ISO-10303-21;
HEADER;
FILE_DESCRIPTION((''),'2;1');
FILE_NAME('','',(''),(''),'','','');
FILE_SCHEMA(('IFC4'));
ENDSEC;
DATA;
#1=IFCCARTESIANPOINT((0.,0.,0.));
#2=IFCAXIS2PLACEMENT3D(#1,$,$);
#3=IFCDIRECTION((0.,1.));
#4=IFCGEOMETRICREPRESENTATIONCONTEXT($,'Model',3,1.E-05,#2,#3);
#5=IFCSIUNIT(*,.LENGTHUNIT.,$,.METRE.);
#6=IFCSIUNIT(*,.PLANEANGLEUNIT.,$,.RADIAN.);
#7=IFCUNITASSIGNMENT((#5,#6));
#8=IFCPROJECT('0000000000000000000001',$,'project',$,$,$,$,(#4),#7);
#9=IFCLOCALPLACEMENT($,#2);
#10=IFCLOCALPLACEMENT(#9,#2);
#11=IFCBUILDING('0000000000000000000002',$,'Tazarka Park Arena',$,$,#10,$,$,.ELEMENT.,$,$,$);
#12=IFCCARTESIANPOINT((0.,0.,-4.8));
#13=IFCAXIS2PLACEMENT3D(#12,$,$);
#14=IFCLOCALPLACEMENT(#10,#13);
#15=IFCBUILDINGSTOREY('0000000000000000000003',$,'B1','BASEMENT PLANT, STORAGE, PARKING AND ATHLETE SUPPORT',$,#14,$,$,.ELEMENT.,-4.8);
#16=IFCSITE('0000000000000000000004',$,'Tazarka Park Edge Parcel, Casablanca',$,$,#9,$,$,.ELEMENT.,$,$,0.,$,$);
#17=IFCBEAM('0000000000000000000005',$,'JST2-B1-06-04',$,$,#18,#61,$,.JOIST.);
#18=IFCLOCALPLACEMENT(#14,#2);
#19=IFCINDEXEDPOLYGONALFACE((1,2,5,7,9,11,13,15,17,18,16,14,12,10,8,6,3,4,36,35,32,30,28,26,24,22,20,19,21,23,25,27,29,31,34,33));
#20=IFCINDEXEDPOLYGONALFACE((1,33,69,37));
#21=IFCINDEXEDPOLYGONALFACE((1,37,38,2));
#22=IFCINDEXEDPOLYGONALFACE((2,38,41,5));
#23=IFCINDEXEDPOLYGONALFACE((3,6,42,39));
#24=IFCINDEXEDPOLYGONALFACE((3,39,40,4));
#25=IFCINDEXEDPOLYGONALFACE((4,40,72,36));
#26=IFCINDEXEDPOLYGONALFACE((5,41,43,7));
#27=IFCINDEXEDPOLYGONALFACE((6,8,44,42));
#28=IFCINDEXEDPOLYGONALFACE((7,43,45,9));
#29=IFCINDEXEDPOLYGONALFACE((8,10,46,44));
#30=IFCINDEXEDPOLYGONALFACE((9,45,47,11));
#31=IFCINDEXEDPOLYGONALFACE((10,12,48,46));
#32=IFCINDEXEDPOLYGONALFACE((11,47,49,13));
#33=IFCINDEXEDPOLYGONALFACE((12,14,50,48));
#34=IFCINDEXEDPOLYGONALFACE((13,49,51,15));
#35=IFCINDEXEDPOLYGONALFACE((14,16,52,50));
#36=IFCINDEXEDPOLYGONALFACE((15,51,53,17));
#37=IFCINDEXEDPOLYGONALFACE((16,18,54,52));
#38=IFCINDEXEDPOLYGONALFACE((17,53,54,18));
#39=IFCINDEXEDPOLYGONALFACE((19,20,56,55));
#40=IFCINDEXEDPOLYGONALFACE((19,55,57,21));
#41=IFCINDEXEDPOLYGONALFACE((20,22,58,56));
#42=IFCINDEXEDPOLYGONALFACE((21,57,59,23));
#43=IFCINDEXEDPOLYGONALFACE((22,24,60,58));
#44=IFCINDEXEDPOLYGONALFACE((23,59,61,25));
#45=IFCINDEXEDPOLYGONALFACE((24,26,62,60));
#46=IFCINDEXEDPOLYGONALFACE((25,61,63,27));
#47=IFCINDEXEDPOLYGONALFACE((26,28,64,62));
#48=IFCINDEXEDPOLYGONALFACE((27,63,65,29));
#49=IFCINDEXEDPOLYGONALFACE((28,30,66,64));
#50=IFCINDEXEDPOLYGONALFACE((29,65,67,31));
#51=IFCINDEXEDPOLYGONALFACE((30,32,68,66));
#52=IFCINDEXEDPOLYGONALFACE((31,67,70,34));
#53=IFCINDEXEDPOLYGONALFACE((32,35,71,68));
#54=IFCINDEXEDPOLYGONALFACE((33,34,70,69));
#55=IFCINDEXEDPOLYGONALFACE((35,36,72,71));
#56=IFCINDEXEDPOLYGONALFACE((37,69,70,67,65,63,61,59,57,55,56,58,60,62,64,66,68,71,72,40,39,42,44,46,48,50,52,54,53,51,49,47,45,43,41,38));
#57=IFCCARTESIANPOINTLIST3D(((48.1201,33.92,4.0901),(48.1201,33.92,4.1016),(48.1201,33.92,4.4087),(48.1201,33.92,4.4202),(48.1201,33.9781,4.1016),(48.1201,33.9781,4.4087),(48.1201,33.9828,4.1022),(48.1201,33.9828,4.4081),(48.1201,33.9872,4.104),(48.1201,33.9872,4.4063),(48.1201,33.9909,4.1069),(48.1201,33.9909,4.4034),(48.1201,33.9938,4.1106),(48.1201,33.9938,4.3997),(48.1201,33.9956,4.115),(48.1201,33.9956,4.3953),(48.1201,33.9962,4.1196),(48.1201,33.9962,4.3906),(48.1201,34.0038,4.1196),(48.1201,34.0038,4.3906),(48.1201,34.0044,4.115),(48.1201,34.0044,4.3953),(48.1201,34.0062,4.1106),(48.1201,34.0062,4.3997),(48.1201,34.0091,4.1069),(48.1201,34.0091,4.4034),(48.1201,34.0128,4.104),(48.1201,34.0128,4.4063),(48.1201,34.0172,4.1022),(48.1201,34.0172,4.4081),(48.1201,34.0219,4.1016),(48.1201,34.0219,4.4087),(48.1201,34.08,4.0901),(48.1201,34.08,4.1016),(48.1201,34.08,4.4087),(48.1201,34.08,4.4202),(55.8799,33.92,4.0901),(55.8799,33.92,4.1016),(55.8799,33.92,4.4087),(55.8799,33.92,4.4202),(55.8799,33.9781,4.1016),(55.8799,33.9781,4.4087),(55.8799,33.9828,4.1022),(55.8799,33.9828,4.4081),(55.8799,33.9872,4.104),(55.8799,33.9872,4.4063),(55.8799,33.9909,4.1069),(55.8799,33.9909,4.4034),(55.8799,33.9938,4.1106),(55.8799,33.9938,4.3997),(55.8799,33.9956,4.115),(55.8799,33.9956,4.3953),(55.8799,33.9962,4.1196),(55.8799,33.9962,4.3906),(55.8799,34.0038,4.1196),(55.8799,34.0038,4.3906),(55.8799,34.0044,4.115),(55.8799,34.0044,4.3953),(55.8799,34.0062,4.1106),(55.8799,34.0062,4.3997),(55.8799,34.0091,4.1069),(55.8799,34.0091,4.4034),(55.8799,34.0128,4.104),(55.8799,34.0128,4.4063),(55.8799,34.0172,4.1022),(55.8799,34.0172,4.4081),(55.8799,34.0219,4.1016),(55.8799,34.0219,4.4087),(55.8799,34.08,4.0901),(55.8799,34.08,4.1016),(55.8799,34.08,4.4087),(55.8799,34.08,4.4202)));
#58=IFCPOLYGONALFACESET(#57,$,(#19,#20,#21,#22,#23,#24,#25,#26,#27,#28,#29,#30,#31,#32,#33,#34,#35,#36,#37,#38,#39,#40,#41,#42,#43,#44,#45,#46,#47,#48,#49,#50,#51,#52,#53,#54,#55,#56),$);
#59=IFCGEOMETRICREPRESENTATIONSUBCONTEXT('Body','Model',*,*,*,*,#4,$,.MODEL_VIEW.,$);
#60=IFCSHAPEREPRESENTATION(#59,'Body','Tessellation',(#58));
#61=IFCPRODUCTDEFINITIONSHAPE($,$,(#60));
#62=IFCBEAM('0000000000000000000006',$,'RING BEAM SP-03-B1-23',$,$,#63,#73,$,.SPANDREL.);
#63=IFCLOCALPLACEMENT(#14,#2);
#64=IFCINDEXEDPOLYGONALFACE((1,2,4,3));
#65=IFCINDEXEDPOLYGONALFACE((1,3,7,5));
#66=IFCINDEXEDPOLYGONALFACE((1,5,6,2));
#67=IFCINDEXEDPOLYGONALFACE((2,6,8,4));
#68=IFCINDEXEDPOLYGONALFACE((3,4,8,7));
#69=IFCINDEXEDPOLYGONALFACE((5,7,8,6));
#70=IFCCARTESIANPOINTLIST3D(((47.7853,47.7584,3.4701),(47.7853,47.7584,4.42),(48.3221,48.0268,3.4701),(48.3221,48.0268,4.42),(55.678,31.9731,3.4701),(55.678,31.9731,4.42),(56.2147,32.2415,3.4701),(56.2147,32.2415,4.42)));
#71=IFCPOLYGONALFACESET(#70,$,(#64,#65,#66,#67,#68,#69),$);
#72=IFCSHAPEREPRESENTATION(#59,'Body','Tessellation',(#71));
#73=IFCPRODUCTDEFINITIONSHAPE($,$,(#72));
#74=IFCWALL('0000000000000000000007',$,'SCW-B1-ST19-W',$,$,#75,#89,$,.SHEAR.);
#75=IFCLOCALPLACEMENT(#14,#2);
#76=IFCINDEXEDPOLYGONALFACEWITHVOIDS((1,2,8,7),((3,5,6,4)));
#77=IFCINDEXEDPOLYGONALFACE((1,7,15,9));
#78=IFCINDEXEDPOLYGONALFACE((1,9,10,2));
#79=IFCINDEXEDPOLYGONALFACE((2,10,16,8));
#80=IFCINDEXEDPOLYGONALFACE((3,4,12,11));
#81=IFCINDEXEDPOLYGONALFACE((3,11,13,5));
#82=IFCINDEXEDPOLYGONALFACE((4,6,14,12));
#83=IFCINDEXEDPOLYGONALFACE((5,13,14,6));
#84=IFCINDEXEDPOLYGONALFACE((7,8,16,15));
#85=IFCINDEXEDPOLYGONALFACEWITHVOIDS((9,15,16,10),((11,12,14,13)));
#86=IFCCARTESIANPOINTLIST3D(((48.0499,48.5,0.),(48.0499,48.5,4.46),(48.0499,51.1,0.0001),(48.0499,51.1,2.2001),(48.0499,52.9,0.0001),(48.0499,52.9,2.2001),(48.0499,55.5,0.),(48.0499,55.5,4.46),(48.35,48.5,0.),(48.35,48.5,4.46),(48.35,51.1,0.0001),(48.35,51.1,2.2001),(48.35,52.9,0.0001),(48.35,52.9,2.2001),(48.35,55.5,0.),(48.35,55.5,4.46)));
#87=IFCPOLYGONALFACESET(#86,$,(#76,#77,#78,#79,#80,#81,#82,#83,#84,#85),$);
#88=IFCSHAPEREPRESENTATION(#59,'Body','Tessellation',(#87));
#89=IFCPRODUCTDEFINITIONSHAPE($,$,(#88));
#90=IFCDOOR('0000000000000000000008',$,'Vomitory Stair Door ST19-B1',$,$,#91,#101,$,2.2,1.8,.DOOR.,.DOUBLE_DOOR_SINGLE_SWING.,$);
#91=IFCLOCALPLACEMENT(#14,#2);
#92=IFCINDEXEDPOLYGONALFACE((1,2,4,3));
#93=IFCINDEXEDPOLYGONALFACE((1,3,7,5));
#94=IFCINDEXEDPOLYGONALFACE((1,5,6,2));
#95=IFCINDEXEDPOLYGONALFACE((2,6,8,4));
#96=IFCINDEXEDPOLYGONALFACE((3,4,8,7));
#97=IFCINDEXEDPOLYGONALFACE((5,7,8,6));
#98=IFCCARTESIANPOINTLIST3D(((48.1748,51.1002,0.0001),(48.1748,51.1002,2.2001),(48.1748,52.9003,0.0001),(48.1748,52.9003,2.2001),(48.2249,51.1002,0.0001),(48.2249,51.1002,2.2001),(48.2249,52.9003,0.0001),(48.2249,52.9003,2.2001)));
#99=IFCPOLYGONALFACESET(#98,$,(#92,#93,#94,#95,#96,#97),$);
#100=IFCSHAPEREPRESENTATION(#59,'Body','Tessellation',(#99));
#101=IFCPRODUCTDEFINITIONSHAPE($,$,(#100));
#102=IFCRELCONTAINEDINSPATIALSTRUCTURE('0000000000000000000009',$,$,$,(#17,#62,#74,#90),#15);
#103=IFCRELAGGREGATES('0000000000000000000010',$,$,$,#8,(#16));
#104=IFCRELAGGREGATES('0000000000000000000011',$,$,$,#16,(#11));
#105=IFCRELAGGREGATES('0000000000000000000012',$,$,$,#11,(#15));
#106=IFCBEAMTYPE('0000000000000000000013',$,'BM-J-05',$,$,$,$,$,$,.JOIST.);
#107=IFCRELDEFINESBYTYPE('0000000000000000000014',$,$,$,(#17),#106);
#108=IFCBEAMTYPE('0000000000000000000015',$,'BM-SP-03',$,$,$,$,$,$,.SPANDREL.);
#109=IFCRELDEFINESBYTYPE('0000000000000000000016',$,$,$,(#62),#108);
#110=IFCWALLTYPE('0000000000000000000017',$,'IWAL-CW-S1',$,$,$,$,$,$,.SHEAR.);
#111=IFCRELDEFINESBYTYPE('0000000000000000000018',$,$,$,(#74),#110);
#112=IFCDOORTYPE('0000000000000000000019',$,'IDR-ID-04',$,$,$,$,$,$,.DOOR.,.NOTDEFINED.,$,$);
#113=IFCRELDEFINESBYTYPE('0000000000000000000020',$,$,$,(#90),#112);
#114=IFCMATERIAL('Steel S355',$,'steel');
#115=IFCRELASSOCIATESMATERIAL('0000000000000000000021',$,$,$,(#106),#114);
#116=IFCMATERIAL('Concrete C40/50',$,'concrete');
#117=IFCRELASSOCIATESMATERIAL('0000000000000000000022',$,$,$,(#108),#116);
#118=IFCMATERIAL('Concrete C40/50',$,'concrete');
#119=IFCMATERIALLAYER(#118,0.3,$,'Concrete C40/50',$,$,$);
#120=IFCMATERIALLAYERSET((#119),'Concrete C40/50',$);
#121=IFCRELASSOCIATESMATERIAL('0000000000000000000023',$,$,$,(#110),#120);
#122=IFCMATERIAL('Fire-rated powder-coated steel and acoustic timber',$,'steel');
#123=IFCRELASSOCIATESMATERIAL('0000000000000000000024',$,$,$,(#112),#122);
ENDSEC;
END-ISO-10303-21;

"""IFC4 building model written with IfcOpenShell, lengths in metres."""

from ifc_helpers import new_model, si_unit, direction, frame, frame_2d, origin, origin_2d, place, context, subcontext, project, spatial, rectangle, i_section, extrude, material, layer, layer_set, material_profile, profile_set, type_object, element, fill, save


model = new_model("IFC4")

# Units and contexts
model_context = context("Model", 3, precision=1e-05, world=origin(), true_north=direction((0.0, 1.0)))
body_context = subcontext(model_context, "Body", "Model", "MODEL_VIEW")
ifc_project = project(units=[si_unit("LENGTHUNIT", "METRE"), si_unit("PLANEANGLEUNIT", "RADIAN")], contexts=[model_context])

# Site, building, storey
site_placement = place(None, origin())
site = spatial("IfcSite", under=ifc_project, at=site_placement, Name="Tazarka Park Edge Parcel, Casablanca", CompositionType="ELEMENT", RefElevation=0.0)
building_placement = place(site_placement, origin())
building = spatial("IfcBuilding", under=site, at=building_placement, Name="Tazarka Park Arena", CompositionType="ELEMENT")
storey_placement = place(building_placement, frame((0.0, 0.0, -4.8)))
storey = spatial("IfcBuildingStorey", under=building, at=storey_placement, Name="B1", Description="BASEMENT PLANT, STORAGE, PARKING AND ATHLETE SUPPORT", CompositionType="ELEMENT", Elevation=-4.8)

# Beams
ifc_material_1 = material(Name="Steel S355", Category="steel")
ifc_material_profile_1 = material_profile(ifc_material_1, i_section(OverallWidth=0.1599, OverallDepth=0.3301, WebThickness=0.0076, FlangeThickness=0.0115, FilletRadius=0.0181, at=origin_2d()), Name="Steel S355")
ifc_profile_set_1 = profile_set([ifc_material_profile_1], Name="Steel S355")
beam_type_1 = type_object("IfcBeamType", Name="BM-J-05", PredefinedType="JOIST", material=ifc_profile_set_1)
beam_1_placement = place(storey_placement, frame((48.1201, 34.0, 4.2551), z_axis=(1.0, 0.0, 0.0), x_axis=(0.0, 1.0, 0.0)))
element("IfcBeam", 1, at=beam_1_placement, inside=storey, type_object=beam_type_1, Name="JST2-B1-06-04", PredefinedType="JOIST", context=body_context, shape_type="SweptSolid", body=[
    extrude(i_section(OverallWidth=0.1599, OverallDepth=0.3301, WebThickness=0.0076, FlangeThickness=0.0115, FilletRadius=0.0181, at=origin_2d()), origin(), (0.0, 0.0, 1.0), 7.7598),
])
ifc_material_2 = material(Name="Concrete C40/50", Category="concrete")
ifc_material_profile_2 = material_profile(ifc_material_2, rectangle(XDim=0.6001, YDim=0.95, at=origin_2d()), Name="Concrete C40/50")
ifc_profile_set_2 = profile_set([ifc_material_profile_2], Name="Concrete C40/50")
beam_type_2 = type_object("IfcBeamType", Name="BM-SP-03", PredefinedType="SPANDREL", material=ifc_profile_set_2)
beam_2_placement = place(storey_placement, frame((48.0537, 47.8926, 3.9451), z_axis=(0.447214, -0.894427, 0.0), x_axis=(0.894427, 0.447214, 0.0)))
element("IfcBeam", 2, at=beam_2_placement, inside=storey, type_object=beam_type_2, Name="RING BEAM SP-03-B1-23", PredefinedType="SPANDREL", context=body_context, shape_type="SweptSolid", body=[
    extrude(rectangle(XDim=0.6001, YDim=0.95, at=origin_2d()), origin(), (0.0, 0.0, 1.0), 17.6484),
])

# Wall, opening, door
ifc_material_3 = material(Name="Concrete C40/50", Category="concrete")
ifc_layer = layer(ifc_material_3, 0.3, Name="Concrete C40/50")
ifc_layer_set = layer_set([ifc_layer], Name="Concrete C40/50")
wall_type = type_object("IfcWallType", Name="IWAL-CW-S1", PredefinedType="SHEAR", material=ifc_layer_set)
wall_placement = place(storey_placement, frame((48.2, 48.5, 0.0), z_axis=(0.0, 0.0, 1.0), x_axis=(0.0, 1.0, 0.0)))
wall = element("IfcWall", 3, at=wall_placement, inside=storey, type_object=wall_type, Name="SCW-B1-ST19-W", PredefinedType="SHEAR", context=body_context, shape_type="SweptSolid", body=[
    extrude(rectangle(XDim=7.0, YDim=0.3, at=frame_2d((3.5, 0.0))), origin(), (0.0, 0.0, 1.0), 4.46),
])
opening_placement = place(wall_placement, frame((2.6001, 0.0, 0.0)))
opening = element("IfcOpeningElement", 4, at=opening_placement, cuts=wall, PredefinedType="OPENING", context=body_context, shape_type="SweptSolid", body=[
    extrude(rectangle(XDim=1.8, YDim=2.2, at=frame_2d((0.8999, 1.1001))), frame((0.0, 0.1602, 0.0), z_axis=(0.0, -1.0, 0.0), x_axis=(1.0, 0.0, 0.0)), (0.0, 0.0, 1.0), 0.3201),
])
ifc_material_4 = material(Name="Fire-rated powder-coated steel and acoustic timber", Category="steel")
door_type = type_object("IfcDoorType", Name="IDR-ID-04", OperationType="NOTDEFINED", PredefinedType="DOOR", material=ifc_material_4)
door_placement = place(opening_placement, frame((1.8, 0.0, 0.0), z_axis=(0.0, 0.0, 1.0), x_axis=(-1.0, 0.0, 0.0)))
door = element("IfcDoor", 5, at=door_placement, inside=storey, type_object=door_type, Name="Vomitory Stair Door ST19-B1", OperationType="DOUBLE_DOOR_SINGLE_SWING", OverallHeight=2.2, OverallWidth=1.8, PredefinedType="DOOR", context=body_context, shape_type="SweptSolid", body=[
    extrude(rectangle(XDim=1.8, YDim=2.2, at=frame_2d((0.8999, 1.1001))), frame((0.0, 0.0249, 0.0), z_axis=(0.0, -1.0, 0.0), x_axis=(1.0, 0.0, 0.0)), (0.0, 0.0, 1.0), 0.05),
])
fill(opening, door)

save(model, "model.ifc")
